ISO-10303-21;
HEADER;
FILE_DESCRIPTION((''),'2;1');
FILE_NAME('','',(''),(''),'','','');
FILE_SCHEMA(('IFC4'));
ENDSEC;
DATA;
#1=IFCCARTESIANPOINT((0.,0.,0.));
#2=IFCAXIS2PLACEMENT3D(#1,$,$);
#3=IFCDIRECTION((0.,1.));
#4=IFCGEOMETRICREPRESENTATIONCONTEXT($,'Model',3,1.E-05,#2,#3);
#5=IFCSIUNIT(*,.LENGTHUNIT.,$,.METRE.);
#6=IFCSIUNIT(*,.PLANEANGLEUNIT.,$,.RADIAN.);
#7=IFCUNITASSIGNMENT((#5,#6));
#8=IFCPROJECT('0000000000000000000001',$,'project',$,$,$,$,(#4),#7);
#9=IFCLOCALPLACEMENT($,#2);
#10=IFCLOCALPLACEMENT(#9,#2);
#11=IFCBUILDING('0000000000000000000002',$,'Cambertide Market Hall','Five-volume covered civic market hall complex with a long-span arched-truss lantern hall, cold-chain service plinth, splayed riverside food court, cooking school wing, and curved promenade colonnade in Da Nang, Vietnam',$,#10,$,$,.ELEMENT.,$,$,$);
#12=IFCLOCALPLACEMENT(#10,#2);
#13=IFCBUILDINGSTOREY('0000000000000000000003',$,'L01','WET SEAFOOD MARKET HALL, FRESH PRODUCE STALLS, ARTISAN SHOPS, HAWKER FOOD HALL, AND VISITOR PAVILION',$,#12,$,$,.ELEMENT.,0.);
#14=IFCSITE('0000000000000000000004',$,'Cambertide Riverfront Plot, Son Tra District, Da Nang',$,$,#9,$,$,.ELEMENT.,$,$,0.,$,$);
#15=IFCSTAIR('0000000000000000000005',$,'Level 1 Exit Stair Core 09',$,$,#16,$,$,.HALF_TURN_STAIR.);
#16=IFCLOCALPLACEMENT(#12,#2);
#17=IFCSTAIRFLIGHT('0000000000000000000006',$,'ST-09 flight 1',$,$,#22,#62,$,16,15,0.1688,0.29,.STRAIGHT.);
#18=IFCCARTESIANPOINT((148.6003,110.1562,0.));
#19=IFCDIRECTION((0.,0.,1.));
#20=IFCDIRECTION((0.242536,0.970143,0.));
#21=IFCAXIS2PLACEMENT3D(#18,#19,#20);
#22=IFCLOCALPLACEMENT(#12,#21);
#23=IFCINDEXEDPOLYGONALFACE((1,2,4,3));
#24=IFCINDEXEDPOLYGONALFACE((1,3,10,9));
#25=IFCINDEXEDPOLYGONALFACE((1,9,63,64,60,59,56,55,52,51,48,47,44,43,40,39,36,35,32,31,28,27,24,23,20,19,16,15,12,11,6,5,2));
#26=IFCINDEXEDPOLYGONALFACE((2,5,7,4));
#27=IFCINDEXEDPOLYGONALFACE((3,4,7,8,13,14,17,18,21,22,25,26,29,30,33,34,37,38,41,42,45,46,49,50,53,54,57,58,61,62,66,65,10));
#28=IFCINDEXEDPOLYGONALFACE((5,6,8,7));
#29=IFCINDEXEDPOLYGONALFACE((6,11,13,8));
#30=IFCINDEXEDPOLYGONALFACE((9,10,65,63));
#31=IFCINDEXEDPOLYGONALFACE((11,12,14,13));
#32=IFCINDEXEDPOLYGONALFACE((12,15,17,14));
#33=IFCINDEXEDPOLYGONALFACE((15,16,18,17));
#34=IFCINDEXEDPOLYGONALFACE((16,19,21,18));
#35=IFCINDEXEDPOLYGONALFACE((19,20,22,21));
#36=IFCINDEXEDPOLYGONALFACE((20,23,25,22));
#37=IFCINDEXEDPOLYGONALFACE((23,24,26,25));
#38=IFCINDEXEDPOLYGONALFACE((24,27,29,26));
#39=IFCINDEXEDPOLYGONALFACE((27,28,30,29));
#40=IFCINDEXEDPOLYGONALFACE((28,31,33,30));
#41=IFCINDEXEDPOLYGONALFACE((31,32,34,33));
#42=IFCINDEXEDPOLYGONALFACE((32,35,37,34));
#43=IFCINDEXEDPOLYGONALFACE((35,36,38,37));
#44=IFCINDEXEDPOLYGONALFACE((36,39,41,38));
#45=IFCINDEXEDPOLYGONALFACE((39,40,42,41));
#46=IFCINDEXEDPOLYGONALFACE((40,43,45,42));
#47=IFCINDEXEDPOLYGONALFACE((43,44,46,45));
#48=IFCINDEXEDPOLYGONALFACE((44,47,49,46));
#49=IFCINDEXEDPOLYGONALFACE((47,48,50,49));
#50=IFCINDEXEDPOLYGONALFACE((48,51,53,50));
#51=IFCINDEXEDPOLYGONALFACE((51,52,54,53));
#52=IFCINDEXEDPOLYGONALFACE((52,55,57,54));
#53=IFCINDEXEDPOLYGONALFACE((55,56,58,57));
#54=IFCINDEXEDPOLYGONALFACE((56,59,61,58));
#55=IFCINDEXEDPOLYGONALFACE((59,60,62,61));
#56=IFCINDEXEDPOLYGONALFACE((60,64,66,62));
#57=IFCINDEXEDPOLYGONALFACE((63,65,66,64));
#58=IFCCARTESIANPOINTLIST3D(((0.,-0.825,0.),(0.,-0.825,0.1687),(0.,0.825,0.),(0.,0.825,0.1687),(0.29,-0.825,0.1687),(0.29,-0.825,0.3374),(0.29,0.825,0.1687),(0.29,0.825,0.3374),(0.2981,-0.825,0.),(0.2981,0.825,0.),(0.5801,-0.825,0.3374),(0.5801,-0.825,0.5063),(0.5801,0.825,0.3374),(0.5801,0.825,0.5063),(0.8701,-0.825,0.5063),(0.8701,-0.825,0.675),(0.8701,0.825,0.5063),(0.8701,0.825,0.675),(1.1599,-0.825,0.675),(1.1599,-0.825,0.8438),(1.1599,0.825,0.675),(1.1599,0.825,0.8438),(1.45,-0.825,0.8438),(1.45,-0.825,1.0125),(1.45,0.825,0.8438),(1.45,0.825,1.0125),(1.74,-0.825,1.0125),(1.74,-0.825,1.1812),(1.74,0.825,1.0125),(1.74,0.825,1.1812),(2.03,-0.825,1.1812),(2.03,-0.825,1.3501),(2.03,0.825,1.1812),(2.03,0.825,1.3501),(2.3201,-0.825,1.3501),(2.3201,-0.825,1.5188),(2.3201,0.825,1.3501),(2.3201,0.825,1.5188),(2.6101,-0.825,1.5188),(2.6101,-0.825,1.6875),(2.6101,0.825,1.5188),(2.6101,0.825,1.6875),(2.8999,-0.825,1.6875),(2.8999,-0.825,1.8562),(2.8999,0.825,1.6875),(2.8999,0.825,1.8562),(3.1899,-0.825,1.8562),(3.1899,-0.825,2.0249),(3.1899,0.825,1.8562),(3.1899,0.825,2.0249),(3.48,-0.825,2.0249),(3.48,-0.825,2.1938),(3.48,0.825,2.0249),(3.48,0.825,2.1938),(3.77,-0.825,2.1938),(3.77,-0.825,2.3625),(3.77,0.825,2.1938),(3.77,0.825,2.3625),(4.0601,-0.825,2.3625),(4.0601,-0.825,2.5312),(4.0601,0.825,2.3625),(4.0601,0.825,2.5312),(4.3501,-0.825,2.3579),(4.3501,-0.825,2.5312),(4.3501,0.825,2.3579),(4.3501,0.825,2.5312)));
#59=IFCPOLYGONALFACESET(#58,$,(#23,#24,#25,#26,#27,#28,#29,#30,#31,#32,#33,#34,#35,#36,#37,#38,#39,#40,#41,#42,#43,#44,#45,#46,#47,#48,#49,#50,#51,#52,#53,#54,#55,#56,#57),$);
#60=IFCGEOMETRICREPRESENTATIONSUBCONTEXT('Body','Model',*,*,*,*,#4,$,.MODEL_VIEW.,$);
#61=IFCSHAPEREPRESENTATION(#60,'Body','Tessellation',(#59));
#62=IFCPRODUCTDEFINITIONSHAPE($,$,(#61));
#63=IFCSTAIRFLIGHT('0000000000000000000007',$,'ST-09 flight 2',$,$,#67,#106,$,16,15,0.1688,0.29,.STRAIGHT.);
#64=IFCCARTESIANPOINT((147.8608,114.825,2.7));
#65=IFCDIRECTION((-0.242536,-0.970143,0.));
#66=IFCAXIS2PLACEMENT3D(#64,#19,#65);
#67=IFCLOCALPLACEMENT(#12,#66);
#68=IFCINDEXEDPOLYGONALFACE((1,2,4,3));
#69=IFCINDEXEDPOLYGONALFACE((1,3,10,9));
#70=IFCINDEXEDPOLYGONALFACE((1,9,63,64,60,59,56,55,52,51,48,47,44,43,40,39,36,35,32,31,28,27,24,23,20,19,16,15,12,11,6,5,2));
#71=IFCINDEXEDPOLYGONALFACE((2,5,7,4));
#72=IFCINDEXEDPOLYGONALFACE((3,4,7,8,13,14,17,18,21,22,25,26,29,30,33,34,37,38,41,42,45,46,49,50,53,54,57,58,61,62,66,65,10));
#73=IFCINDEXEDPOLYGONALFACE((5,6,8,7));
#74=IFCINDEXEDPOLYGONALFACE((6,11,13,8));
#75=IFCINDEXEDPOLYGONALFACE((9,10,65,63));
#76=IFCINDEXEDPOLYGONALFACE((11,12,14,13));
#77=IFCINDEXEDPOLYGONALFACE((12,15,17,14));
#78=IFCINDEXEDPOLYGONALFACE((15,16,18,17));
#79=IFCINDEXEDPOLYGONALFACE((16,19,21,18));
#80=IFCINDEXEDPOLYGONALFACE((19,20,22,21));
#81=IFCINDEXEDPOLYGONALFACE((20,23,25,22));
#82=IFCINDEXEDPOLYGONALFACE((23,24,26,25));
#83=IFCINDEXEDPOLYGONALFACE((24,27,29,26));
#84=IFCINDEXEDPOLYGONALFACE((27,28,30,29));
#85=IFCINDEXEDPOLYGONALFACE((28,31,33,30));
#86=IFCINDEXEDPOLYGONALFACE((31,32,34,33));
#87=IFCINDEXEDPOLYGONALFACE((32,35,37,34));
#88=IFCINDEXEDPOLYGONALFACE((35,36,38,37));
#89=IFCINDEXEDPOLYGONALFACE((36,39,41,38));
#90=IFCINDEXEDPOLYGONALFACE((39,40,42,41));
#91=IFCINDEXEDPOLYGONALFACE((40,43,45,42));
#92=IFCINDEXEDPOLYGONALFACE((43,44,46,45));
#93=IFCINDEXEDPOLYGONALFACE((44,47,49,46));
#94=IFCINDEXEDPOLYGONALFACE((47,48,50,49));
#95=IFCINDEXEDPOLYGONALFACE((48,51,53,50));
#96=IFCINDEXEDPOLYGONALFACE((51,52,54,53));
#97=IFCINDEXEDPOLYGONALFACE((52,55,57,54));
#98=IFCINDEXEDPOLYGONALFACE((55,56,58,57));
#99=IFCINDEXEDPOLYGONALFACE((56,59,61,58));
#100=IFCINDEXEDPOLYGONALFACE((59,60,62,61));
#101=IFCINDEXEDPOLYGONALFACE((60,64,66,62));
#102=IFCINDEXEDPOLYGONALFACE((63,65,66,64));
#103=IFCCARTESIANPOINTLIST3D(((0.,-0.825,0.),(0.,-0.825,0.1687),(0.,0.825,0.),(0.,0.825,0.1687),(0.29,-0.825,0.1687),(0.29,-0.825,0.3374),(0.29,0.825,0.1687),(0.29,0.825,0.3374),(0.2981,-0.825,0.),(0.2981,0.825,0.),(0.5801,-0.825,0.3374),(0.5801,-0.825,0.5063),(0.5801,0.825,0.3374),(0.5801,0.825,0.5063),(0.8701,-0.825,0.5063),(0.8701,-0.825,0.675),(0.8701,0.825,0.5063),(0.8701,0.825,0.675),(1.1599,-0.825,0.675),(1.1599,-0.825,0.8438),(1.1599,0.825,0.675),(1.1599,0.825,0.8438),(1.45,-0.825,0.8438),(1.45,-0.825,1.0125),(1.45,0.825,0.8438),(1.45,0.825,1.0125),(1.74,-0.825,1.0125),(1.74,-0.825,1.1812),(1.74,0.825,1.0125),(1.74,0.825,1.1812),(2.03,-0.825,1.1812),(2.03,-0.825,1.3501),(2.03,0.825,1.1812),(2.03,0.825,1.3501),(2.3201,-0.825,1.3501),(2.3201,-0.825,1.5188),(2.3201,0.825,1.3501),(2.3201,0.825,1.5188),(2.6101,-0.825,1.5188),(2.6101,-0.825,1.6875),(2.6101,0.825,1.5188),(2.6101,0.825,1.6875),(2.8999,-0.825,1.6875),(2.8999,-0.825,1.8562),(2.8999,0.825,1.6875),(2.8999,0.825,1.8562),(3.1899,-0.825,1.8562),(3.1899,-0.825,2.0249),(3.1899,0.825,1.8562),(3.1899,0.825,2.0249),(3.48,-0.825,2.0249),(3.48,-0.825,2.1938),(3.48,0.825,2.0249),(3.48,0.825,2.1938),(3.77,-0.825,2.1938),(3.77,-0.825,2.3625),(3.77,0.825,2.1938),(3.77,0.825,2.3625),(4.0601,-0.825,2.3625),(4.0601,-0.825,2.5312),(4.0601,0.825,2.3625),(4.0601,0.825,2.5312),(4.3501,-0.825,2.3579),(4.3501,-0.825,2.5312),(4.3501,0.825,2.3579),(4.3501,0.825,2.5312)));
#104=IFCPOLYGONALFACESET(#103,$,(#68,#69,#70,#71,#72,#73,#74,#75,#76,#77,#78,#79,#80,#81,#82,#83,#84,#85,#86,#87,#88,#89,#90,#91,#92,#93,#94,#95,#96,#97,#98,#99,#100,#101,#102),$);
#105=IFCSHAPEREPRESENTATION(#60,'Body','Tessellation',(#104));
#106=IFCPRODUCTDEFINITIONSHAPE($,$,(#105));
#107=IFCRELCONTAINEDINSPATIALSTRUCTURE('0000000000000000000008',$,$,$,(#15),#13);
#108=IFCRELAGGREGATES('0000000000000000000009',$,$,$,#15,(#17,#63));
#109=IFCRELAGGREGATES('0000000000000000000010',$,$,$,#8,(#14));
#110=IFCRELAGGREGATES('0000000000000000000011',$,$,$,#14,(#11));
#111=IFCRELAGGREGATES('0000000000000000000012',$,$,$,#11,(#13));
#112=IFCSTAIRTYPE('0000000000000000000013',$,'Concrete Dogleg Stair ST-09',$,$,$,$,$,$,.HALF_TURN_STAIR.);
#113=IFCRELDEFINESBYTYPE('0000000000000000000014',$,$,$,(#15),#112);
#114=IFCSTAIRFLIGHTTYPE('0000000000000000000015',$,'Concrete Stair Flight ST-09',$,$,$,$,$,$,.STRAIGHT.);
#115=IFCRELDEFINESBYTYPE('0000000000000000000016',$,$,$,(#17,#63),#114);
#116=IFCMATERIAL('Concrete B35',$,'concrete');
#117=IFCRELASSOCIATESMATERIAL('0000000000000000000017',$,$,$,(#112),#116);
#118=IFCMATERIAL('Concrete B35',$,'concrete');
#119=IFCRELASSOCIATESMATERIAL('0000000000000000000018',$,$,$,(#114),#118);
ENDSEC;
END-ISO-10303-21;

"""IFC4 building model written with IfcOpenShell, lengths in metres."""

from ifc_helpers import new_model, si_unit, direction, frame, origin, place, context, subcontext, project, spatial, polyline, outline, extrude, material, type_object, element, aggregate, save


model = new_model("IFC4")

# Units and contexts
model_context = context("Model", 3, precision=1e-05, world=origin(), true_north=direction((0.0, 1.0)))
body_context = subcontext(model_context, "Body", "Model", "MODEL_VIEW")
ifc_project = project(units=[si_unit("LENGTHUNIT", "METRE"), si_unit("PLANEANGLEUNIT", "RADIAN")], contexts=[model_context])

# Site, building, storey
site_placement = place(None, origin())
site = spatial("IfcSite", under=ifc_project, at=site_placement, Name="Cambertide Riverfront Plot, Son Tra District, Da Nang", CompositionType="ELEMENT", RefElevation=0.0)
building_placement = place(site_placement, origin())
building = spatial("IfcBuilding", under=site, at=building_placement, Name="Cambertide Market Hall", Description="Five-volume covered civic market hall complex with a long-span arched-truss lantern hall, cold-chain service plinth, splayed riverside food court, cooking school wing, and curved promenade colonnade in Da Nang, Vietnam", CompositionType="ELEMENT")
storey_placement = place(building_placement, origin())
storey = spatial("IfcBuildingStorey", under=building, at=storey_placement, Name="L01", Description="WET SEAFOOD MARKET HALL, FRESH PRODUCE STALLS, ARTISAN SHOPS, HAWKER FOOD HALL, AND VISITOR PAVILION", CompositionType="ELEMENT", Elevation=0.0)

# Stair, stair flights
ifc_material_1 = material(Name="Concrete B35", Category="concrete")
stair_type = type_object("IfcStairType", Name="Concrete Dogleg Stair ST-09", PredefinedType="HALF_TURN_STAIR", material=ifc_material_1)
stair_placement = place(storey_placement, origin())
stair = element("IfcStair", 1, at=stair_placement, inside=storey, type_object=stair_type, Name="Level 1 Exit Stair Core 09", PredefinedType="HALF_TURN_STAIR")
ifc_material_2 = material(Name="Concrete B35", Category="concrete")
stair_flight_type = type_object("IfcStairFlightType", Name="Concrete Stair Flight ST-09", PredefinedType="STRAIGHT", material=ifc_material_2)
stair_flight_1_placement = place(storey_placement, frame((148.6003, 110.1562, 0.0), z_axis=(0.0, 0.0, 1.0), x_axis=(0.242536, 0.970143, 0.0)))
stair_flight_1 = element("IfcStairFlight", 2, at=stair_flight_1_placement, type_object=stair_flight_type, Name="ST-09 flight 1", NumberOfRisers=16, NumberOfTreads=15, PredefinedType="STRAIGHT", RiserHeight=0.1688, TreadLength=0.29, context=body_context, shape_type="SweptSolid", body=[
    extrude(outline(polyline([(0.0, 0.0), (0.0, 0.1687), (0.29, 0.1687), (0.29, 0.3374), (0.5801, 0.3374), (0.5801, 0.5063), (0.8701, 0.5063), (0.8701, 0.675), (1.1599, 0.675), (1.1599, 0.8438), (1.45, 0.8438), (1.45, 1.0125), (1.74, 1.0125), (1.74, 1.1812), (2.03, 1.1812), (2.03, 1.3501), (2.3201, 1.3501), (2.3201, 1.5188), (2.6101, 1.5188), (2.6101, 1.6875), (2.8999, 1.6875), (2.8999, 1.8562), (3.1899, 1.8562), (3.1899, 2.0249), (3.48, 2.0249), (3.48, 2.1938), (3.77, 2.1938), (3.77, 2.3625), (4.0601, 2.3625), (4.0601, 2.5312), (4.3501, 2.5312), (4.3501, 2.7), (4.3501, 2.3579), (0.2981, 0.0), (0.0, 0.0)])), frame((0.0, 0.825, 0.0), z_axis=(0.0, -1.0, 0.0), x_axis=(1.0, 0.0, 0.0)), (0.0, 0.0, 1.0), 1.6499),
])
stair_flight_2_placement = place(storey_placement, frame((147.8608, 114.825, 2.7), z_axis=(0.0, 0.0, 1.0), x_axis=(-0.242536, -0.970143, 0.0)))
stair_flight_2 = element("IfcStairFlight", 3, at=stair_flight_2_placement, type_object=stair_flight_type, Name="ST-09 flight 2", NumberOfRisers=16, NumberOfTreads=15, PredefinedType="STRAIGHT", RiserHeight=0.1688, TreadLength=0.29, context=body_context, shape_type="SweptSolid", body=[
    extrude(outline(polyline([(0.0, 0.0), (0.0, 0.1687), (0.29, 0.1687), (0.29, 0.3374), (0.5801, 0.3374), (0.5801, 0.5063), (0.8701, 0.5063), (0.8701, 0.675), (1.1599, 0.675), (1.1599, 0.8438), (1.45, 0.8438), (1.45, 1.0125), (1.74, 1.0125), (1.74, 1.1812), (2.03, 1.1812), (2.03, 1.3501), (2.3201, 1.3501), (2.3201, 1.5188), (2.6101, 1.5188), (2.6101, 1.6875), (2.8999, 1.6875), (2.8999, 1.8562), (3.1899, 1.8562), (3.1899, 2.0249), (3.48, 2.0249), (3.48, 2.1938), (3.77, 2.1938), (3.77, 2.3625), (4.0601, 2.3625), (4.0601, 2.5312), (4.3501, 2.5312), (4.3501, 2.7), (4.3501, 2.3579), (0.2981, 0.0), (0.0, 0.0)])), frame((0.0, 0.825, 0.0), z_axis=(0.0, -1.0, 0.0), x_axis=(1.0, 0.0, 0.0)), (0.0, 0.0, 1.0), 1.6499),
])
aggregate(stair, [stair_flight_1, stair_flight_2])

save(model, "model.ifc")
